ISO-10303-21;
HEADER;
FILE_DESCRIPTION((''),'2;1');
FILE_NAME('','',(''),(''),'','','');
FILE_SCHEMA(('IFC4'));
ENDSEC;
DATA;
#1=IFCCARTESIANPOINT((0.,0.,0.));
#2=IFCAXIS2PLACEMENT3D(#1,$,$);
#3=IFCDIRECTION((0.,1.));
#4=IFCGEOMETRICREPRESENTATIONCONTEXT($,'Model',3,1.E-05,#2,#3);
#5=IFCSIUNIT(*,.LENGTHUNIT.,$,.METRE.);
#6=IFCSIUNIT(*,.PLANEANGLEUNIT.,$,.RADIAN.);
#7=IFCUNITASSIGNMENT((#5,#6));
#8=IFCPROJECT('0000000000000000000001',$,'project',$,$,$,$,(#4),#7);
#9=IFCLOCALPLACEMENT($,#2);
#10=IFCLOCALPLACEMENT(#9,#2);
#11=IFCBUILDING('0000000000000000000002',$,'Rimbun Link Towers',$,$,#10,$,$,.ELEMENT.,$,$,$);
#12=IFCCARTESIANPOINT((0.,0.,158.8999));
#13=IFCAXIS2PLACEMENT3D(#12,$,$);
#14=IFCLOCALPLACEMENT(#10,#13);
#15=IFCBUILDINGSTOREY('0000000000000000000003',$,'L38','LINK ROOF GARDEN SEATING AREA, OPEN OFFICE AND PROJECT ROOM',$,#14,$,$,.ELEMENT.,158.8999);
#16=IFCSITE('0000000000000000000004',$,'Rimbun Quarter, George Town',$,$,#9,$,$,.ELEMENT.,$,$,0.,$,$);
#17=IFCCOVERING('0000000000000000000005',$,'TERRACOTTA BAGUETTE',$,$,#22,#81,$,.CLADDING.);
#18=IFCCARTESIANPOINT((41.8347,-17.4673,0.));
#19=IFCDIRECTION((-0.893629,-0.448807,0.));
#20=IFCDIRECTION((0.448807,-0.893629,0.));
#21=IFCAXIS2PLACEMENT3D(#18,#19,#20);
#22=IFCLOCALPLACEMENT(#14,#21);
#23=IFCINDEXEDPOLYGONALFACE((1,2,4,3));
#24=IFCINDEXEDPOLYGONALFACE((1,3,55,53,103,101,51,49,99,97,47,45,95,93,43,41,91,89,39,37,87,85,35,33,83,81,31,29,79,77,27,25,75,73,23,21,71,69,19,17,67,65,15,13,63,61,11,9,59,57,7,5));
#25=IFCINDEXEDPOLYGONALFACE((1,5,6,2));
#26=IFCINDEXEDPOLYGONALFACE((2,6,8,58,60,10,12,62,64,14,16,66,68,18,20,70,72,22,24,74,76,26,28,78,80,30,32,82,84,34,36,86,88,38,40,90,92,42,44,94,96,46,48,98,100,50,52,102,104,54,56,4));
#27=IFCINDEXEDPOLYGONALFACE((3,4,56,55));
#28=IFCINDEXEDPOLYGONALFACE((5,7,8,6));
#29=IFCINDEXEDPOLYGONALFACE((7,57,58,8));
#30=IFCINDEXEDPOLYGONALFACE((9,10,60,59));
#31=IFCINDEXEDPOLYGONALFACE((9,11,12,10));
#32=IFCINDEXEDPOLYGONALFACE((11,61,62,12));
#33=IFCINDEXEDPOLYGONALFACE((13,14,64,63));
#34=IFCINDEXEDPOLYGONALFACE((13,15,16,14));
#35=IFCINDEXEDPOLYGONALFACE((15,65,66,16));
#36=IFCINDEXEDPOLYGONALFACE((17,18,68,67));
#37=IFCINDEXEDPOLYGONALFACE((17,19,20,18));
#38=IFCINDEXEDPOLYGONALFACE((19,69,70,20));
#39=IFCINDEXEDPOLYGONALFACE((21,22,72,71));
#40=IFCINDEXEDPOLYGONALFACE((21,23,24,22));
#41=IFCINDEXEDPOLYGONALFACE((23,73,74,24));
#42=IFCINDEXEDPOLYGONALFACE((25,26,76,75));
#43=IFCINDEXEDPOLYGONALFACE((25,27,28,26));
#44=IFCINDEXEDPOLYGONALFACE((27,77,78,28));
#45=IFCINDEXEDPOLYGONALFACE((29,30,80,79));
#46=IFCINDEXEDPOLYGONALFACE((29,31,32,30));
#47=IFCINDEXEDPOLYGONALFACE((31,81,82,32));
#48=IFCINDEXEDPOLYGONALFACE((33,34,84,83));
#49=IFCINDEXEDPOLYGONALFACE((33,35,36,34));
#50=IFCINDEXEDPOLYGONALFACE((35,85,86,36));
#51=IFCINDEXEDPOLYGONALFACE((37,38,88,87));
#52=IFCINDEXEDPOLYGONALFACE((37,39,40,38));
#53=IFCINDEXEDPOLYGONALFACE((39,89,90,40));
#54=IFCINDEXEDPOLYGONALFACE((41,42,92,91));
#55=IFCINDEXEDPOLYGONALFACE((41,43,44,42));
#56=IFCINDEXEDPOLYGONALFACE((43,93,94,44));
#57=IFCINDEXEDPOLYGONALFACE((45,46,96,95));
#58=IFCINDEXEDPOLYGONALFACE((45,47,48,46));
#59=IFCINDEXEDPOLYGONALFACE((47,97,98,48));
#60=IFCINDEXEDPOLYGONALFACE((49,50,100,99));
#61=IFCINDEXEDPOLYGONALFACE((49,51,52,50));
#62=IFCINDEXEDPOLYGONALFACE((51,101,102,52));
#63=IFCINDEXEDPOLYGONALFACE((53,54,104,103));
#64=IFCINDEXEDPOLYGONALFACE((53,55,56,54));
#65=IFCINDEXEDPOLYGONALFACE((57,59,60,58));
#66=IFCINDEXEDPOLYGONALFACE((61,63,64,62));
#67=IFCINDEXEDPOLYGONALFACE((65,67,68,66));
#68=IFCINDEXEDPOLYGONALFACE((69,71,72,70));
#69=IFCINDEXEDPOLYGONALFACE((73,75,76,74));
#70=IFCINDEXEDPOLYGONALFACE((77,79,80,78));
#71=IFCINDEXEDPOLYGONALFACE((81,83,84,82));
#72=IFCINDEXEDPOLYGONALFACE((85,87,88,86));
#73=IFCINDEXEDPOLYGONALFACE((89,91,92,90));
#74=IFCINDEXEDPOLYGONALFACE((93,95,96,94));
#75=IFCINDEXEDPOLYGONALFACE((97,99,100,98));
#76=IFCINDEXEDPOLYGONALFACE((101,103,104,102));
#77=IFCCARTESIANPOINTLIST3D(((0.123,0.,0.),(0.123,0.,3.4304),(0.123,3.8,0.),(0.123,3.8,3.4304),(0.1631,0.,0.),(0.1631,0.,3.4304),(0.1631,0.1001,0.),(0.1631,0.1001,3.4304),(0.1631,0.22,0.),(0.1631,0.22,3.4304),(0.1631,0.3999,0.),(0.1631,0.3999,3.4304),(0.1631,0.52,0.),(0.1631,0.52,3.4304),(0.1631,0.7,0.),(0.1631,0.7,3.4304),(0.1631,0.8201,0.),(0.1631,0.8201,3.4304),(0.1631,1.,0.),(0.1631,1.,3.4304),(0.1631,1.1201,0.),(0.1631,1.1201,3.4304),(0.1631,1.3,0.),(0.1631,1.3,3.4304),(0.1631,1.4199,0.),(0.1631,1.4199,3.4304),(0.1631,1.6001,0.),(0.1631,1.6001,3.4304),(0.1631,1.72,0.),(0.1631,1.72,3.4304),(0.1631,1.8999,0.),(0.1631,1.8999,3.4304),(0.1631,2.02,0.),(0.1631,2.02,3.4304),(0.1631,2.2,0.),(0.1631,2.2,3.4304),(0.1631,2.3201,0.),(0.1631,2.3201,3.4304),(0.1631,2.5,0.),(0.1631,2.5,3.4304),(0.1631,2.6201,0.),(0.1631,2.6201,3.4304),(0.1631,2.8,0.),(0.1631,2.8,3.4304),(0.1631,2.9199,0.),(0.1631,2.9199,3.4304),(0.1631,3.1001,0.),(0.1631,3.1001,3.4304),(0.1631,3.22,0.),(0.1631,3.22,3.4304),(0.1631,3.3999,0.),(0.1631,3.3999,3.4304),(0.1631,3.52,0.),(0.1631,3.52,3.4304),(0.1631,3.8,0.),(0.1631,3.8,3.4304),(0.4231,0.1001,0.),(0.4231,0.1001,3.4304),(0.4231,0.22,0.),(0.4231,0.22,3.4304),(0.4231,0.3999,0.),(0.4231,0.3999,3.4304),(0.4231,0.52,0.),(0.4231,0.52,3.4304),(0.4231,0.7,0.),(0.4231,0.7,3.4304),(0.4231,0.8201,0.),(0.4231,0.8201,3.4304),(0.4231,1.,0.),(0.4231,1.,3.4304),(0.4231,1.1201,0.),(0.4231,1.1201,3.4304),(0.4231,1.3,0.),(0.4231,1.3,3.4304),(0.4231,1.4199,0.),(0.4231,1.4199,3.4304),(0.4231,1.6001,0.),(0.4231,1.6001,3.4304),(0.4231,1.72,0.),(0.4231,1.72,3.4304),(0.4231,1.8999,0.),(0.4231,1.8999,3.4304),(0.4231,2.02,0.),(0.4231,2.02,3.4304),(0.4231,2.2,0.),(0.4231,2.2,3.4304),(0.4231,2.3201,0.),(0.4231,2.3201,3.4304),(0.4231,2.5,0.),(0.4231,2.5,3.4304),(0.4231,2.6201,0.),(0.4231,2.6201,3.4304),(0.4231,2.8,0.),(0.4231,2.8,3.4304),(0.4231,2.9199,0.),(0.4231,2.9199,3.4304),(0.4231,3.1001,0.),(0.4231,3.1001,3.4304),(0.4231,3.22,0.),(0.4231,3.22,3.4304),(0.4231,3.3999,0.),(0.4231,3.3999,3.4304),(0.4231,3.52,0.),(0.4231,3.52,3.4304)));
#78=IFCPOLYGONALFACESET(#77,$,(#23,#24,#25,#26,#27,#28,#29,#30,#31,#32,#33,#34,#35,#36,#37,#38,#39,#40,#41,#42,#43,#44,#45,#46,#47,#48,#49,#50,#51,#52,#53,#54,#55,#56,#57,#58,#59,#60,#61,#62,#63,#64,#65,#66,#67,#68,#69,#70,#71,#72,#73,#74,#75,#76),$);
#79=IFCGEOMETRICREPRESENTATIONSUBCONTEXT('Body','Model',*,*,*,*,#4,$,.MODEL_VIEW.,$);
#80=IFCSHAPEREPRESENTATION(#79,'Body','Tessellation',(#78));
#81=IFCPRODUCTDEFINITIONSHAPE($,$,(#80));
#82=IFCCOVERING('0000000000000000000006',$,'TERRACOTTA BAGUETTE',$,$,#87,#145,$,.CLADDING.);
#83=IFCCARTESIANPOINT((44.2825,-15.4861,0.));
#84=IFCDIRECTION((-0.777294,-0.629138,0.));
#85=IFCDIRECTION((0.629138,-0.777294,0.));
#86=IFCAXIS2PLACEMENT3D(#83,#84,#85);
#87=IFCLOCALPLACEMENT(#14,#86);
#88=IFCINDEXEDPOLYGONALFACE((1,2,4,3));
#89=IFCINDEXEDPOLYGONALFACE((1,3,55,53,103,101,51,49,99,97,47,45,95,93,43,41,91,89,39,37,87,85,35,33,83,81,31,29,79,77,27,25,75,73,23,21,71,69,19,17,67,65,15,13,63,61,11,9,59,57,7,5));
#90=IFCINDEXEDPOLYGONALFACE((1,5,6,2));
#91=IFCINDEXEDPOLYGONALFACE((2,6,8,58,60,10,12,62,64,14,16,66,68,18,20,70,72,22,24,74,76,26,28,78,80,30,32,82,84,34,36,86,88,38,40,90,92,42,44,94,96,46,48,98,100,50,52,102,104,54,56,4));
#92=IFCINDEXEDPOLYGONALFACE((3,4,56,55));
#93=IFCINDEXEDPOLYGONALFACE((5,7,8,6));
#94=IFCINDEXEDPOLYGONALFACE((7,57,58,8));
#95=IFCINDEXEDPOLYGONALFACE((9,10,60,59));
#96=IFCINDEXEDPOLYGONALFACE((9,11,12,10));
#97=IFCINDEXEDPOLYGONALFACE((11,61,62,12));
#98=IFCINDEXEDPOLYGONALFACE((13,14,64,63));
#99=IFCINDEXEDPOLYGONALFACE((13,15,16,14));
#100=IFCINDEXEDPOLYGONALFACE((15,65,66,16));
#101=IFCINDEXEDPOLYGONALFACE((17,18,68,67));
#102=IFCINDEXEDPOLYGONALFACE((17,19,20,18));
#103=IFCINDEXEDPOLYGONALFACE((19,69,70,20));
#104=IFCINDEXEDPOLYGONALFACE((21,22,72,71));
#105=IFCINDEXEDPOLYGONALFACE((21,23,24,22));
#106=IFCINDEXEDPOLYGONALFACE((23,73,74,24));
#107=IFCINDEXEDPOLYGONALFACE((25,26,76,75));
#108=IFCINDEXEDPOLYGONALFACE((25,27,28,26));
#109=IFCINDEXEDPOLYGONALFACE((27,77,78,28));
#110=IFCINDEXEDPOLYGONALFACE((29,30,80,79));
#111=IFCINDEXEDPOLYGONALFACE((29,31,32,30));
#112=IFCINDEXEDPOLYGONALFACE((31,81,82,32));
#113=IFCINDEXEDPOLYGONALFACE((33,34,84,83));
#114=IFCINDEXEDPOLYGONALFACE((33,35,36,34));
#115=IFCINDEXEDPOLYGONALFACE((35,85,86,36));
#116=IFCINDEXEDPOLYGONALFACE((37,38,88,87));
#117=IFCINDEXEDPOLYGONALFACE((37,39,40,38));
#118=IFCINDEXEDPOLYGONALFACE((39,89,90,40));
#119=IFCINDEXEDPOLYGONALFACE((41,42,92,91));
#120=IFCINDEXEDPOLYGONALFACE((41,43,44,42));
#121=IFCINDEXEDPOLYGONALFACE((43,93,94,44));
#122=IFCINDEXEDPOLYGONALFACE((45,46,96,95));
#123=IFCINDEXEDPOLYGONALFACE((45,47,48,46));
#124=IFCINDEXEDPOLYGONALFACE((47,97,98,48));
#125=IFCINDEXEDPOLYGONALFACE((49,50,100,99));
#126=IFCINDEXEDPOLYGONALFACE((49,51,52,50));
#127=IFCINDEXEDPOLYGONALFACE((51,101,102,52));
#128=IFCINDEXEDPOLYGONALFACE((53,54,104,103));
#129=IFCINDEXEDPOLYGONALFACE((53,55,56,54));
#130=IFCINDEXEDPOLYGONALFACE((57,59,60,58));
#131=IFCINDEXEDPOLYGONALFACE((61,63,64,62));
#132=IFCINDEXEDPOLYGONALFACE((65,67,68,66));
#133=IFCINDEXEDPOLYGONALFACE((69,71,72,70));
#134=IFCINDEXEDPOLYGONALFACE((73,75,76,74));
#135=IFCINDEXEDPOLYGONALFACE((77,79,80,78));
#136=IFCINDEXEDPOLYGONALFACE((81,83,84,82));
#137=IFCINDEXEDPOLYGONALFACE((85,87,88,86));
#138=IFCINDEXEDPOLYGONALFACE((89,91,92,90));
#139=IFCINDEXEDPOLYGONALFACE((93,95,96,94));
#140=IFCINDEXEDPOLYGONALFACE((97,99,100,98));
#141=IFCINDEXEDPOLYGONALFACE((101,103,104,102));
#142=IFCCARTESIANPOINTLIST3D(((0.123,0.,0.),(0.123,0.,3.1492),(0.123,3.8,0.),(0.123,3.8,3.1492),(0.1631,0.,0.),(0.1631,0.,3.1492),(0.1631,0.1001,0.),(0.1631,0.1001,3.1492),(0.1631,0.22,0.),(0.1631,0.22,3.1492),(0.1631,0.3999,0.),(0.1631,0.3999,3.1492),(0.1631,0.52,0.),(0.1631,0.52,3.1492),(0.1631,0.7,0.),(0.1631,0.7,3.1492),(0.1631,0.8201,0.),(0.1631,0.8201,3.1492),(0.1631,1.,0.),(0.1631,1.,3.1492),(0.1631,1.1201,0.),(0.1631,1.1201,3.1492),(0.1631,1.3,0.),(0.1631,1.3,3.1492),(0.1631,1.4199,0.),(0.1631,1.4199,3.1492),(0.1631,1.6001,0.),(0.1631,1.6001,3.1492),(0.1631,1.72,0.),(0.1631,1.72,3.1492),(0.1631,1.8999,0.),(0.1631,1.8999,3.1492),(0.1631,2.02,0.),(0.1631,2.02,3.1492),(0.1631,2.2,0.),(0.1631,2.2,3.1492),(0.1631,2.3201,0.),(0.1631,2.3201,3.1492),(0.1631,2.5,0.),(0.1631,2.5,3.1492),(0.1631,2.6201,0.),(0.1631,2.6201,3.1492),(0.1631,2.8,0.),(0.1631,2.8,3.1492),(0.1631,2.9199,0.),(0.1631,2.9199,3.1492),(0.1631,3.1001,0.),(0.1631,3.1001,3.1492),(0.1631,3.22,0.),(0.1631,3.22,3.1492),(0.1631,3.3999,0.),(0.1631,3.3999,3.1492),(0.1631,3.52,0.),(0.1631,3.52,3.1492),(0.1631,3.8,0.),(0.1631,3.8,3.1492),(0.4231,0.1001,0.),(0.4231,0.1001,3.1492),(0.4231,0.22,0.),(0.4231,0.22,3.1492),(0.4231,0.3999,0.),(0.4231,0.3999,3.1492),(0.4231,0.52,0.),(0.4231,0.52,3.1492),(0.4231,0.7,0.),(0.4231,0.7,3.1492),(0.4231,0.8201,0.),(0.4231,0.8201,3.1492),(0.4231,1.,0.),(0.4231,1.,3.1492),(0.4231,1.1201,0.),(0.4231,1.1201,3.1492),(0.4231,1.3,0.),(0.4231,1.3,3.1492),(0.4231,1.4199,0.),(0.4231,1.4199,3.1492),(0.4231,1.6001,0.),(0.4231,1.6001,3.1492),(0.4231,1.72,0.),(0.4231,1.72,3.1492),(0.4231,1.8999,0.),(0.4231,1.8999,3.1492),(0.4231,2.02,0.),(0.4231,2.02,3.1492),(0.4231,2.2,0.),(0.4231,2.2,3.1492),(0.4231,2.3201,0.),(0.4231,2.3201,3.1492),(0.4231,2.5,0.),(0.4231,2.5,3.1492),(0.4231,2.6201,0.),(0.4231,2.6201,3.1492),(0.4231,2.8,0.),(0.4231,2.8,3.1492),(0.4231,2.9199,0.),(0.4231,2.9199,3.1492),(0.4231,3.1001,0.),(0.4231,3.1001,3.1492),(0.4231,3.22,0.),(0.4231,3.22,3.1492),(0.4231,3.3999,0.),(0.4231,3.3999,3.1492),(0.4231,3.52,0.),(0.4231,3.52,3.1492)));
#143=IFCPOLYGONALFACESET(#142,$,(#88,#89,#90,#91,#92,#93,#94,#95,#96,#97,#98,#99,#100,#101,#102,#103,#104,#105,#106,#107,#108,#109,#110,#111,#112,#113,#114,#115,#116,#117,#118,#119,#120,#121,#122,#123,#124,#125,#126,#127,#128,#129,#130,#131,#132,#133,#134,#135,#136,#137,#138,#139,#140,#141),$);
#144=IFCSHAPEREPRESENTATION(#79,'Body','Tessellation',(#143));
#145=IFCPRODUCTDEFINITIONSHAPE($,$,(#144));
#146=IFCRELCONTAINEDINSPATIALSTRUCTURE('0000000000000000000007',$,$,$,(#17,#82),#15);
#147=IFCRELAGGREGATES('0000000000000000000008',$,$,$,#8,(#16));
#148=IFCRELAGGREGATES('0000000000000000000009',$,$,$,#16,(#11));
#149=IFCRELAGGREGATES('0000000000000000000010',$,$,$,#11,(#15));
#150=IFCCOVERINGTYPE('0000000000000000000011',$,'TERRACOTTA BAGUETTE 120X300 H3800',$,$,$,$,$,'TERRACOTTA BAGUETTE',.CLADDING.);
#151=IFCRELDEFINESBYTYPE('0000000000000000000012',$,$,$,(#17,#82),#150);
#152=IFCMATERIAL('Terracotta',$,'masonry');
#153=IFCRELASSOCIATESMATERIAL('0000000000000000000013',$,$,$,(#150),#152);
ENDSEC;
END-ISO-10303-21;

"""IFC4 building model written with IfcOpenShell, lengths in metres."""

from ifc_helpers import new_model, si_unit, direction, frame, origin, place, context, subcontext, project, spatial, polyline, outline, extrude, material, material_profile, profile_set, type_object, element, save


model = new_model("IFC4")

# Units and contexts
model_context = context("Model", 3, precision=1e-05, world=origin(), true_north=direction((0.0, 1.0)))
body_context = subcontext(model_context, "Body", "Model", "MODEL_VIEW")
ifc_project = project(units=[si_unit("LENGTHUNIT", "METRE"), si_unit("PLANEANGLEUNIT", "RADIAN")], contexts=[model_context])

# Site, building, storey
site_placement = place(None, origin())
site = spatial("IfcSite", under=ifc_project, at=site_placement, Name="Rimbun Quarter, George Town", CompositionType="ELEMENT", RefElevation=0.0)
building_placement = place(site_placement, origin())
building = spatial("IfcBuilding", under=site, at=building_placement, Name="Rimbun Link Towers", CompositionType="ELEMENT")
storey_placement = place(building_placement, frame((0.0, 0.0, 158.8999)))
storey = spatial("IfcBuildingStorey", under=building, at=storey_placement, Name="L38", Description="LINK ROOF GARDEN SEATING AREA, OPEN OFFICE AND PROJECT ROOM", CompositionType="ELEMENT", Elevation=158.8999)

# Coverings
ifc_material_1 = material(Name="Terracotta", Category="masonry")
ifc_material_profile_1 = material_profile(ifc_material_1, outline(polyline([(0.123, 0.0), (0.1631, 0.0), (0.1631, 0.1001), (0.4231, 0.1001), (0.4231, 0.22), (0.1631, 0.22), (0.1631, 0.3999), (0.4231, 0.3999), (0.4231, 0.52), (0.1631, 0.52), (0.1631, 0.7), (0.4231, 0.7), (0.4231, 0.8201), (0.1631, 0.8201), (0.1631, 1.0), (0.4231, 1.0), (0.4231, 1.1201), (0.1631, 1.1201), (0.1631, 1.3), (0.4231, 1.3), (0.4231, 1.4199), (0.1631, 1.4199), (0.1631, 1.6001), (0.4231, 1.6001), (0.4231, 1.72), (0.1631, 1.72), (0.1631, 1.8999), (0.4231, 1.8999), (0.4231, 2.02), (0.1631, 2.02), (0.1631, 2.2), (0.4231, 2.2), (0.4231, 2.3201), (0.1631, 2.3201), (0.1631, 2.5), (0.4231, 2.5), (0.4231, 2.6201), (0.1631, 2.6201), (0.1631, 2.8), (0.4231, 2.8), (0.4231, 2.9199), (0.1631, 2.9199), (0.1631, 3.1001), (0.4231, 3.1001), (0.4231, 3.22), (0.1631, 3.22), (0.1631, 3.3999), (0.4231, 3.3999), (0.4231, 3.52), (0.1631, 3.52), (0.1631, 3.8), (0.123, 3.8), (0.123, 0.0)])), Name="BAGUETTE 120X300")
ifc_profile_set_1 = profile_set([ifc_material_profile_1], Name="Terracotta")
covering_type = type_object("IfcCoveringType", Name="TERRACOTTA BAGUETTE 120X300 H3800", ElementType="TERRACOTTA BAGUETTE", PredefinedType="CLADDING", material=ifc_profile_set_1)
covering_1_placement = place(storey_placement, frame((41.8347, -17.4673, 0.0), z_axis=(-0.893629, -0.448807, 0.0), x_axis=(0.448807, -0.893629, 0.0)))
element("IfcCovering", 1, at=covering_1_placement, inside=storey, type_object=covering_type, Name="TERRACOTTA BAGUETTE", PredefinedType="CLADDING", context=body_context, shape_type="SweptSolid", body=[
    extrude(outline(polyline([(0.123, 0.0), (0.1631, 0.0), (0.1631, 0.1001), (0.4231, 0.1001), (0.4231, 0.22), (0.1631, 0.22), (0.1631, 0.3999), (0.4231, 0.3999), (0.4231, 0.52), (0.1631, 0.52), (0.1631, 0.7), (0.4231, 0.7), (0.4231, 0.8201), (0.1631, 0.8201), (0.1631, 1.0), (0.4231, 1.0), (0.4231, 1.1201), (0.1631, 1.1201), (0.1631, 1.3), (0.4231, 1.3), (0.4231, 1.4199), (0.1631, 1.4199), (0.1631, 1.6001), (0.4231, 1.6001), (0.4231, 1.72), (0.1631, 1.72), (0.1631, 1.8999), (0.4231, 1.8999), (0.4231, 2.02), (0.1631, 2.02), (0.1631, 2.2), (0.4231, 2.2), (0.4231, 2.3201), (0.1631, 2.3201), (0.1631, 2.5), (0.4231, 2.5), (0.4231, 2.6201), (0.1631, 2.6201), (0.1631, 2.8), (0.4231, 2.8), (0.4231, 2.9199), (0.1631, 2.9199), (0.1631, 3.1001), (0.4231, 3.1001), (0.4231, 3.22), (0.1631, 3.22), (0.1631, 3.3999), (0.4231, 3.3999), (0.4231, 3.52), (0.1631, 3.52), (0.1631, 3.8), (0.123, 3.8), (0.123, 0.0)])), origin(), (0.0, 0.0, 1.0), 3.4304),
])
covering_2_placement = place(storey_placement, frame((44.2825, -15.4861, 0.0), z_axis=(-0.777294, -0.629138, 0.0), x_axis=(0.629138, -0.777294, 0.0)))
element("IfcCovering", 2, at=covering_2_placement, inside=storey, type_object=covering_type, Name="TERRACOTTA BAGUETTE", PredefinedType="CLADDING", context=body_context, shape_type="SweptSolid", body=[
    extrude(outline(polyline([(0.123, 0.0), (0.1631, 0.0), (0.1631, 0.1001), (0.4231, 0.1001), (0.4231, 0.22), (0.1631, 0.22), (0.1631, 0.3999), (0.4231, 0.3999), (0.4231, 0.52), (0.1631, 0.52), (0.1631, 0.7), (0.4231, 0.7), (0.4231, 0.8201), (0.1631, 0.8201), (0.1631, 1.0), (0.4231, 1.0), (0.4231, 1.1201), (0.1631, 1.1201), (0.1631, 1.3), (0.4231, 1.3), (0.4231, 1.4199), (0.1631, 1.4199), (0.1631, 1.6001), (0.4231, 1.6001), (0.4231, 1.72), (0.1631, 1.72), (0.1631, 1.8999), (0.4231, 1.8999), (0.4231, 2.02), (0.1631, 2.02), (0.1631, 2.2), (0.4231, 2.2), (0.4231, 2.3201), (0.1631, 2.3201), (0.1631, 2.5), (0.4231, 2.5), (0.4231, 2.6201), (0.1631, 2.6201), (0.1631, 2.8), (0.4231, 2.8), (0.4231, 2.9199), (0.1631, 2.9199), (0.1631, 3.1001), (0.4231, 3.1001), (0.4231, 3.22), (0.1631, 3.22), (0.1631, 3.3999), (0.4231, 3.3999), (0.4231, 3.52), (0.1631, 3.52), (0.1631, 3.8), (0.123, 3.8), (0.123, 0.0)])), origin(), (0.0, 0.0, 1.0), 3.1492),
])

save(model, "model.ifc")
